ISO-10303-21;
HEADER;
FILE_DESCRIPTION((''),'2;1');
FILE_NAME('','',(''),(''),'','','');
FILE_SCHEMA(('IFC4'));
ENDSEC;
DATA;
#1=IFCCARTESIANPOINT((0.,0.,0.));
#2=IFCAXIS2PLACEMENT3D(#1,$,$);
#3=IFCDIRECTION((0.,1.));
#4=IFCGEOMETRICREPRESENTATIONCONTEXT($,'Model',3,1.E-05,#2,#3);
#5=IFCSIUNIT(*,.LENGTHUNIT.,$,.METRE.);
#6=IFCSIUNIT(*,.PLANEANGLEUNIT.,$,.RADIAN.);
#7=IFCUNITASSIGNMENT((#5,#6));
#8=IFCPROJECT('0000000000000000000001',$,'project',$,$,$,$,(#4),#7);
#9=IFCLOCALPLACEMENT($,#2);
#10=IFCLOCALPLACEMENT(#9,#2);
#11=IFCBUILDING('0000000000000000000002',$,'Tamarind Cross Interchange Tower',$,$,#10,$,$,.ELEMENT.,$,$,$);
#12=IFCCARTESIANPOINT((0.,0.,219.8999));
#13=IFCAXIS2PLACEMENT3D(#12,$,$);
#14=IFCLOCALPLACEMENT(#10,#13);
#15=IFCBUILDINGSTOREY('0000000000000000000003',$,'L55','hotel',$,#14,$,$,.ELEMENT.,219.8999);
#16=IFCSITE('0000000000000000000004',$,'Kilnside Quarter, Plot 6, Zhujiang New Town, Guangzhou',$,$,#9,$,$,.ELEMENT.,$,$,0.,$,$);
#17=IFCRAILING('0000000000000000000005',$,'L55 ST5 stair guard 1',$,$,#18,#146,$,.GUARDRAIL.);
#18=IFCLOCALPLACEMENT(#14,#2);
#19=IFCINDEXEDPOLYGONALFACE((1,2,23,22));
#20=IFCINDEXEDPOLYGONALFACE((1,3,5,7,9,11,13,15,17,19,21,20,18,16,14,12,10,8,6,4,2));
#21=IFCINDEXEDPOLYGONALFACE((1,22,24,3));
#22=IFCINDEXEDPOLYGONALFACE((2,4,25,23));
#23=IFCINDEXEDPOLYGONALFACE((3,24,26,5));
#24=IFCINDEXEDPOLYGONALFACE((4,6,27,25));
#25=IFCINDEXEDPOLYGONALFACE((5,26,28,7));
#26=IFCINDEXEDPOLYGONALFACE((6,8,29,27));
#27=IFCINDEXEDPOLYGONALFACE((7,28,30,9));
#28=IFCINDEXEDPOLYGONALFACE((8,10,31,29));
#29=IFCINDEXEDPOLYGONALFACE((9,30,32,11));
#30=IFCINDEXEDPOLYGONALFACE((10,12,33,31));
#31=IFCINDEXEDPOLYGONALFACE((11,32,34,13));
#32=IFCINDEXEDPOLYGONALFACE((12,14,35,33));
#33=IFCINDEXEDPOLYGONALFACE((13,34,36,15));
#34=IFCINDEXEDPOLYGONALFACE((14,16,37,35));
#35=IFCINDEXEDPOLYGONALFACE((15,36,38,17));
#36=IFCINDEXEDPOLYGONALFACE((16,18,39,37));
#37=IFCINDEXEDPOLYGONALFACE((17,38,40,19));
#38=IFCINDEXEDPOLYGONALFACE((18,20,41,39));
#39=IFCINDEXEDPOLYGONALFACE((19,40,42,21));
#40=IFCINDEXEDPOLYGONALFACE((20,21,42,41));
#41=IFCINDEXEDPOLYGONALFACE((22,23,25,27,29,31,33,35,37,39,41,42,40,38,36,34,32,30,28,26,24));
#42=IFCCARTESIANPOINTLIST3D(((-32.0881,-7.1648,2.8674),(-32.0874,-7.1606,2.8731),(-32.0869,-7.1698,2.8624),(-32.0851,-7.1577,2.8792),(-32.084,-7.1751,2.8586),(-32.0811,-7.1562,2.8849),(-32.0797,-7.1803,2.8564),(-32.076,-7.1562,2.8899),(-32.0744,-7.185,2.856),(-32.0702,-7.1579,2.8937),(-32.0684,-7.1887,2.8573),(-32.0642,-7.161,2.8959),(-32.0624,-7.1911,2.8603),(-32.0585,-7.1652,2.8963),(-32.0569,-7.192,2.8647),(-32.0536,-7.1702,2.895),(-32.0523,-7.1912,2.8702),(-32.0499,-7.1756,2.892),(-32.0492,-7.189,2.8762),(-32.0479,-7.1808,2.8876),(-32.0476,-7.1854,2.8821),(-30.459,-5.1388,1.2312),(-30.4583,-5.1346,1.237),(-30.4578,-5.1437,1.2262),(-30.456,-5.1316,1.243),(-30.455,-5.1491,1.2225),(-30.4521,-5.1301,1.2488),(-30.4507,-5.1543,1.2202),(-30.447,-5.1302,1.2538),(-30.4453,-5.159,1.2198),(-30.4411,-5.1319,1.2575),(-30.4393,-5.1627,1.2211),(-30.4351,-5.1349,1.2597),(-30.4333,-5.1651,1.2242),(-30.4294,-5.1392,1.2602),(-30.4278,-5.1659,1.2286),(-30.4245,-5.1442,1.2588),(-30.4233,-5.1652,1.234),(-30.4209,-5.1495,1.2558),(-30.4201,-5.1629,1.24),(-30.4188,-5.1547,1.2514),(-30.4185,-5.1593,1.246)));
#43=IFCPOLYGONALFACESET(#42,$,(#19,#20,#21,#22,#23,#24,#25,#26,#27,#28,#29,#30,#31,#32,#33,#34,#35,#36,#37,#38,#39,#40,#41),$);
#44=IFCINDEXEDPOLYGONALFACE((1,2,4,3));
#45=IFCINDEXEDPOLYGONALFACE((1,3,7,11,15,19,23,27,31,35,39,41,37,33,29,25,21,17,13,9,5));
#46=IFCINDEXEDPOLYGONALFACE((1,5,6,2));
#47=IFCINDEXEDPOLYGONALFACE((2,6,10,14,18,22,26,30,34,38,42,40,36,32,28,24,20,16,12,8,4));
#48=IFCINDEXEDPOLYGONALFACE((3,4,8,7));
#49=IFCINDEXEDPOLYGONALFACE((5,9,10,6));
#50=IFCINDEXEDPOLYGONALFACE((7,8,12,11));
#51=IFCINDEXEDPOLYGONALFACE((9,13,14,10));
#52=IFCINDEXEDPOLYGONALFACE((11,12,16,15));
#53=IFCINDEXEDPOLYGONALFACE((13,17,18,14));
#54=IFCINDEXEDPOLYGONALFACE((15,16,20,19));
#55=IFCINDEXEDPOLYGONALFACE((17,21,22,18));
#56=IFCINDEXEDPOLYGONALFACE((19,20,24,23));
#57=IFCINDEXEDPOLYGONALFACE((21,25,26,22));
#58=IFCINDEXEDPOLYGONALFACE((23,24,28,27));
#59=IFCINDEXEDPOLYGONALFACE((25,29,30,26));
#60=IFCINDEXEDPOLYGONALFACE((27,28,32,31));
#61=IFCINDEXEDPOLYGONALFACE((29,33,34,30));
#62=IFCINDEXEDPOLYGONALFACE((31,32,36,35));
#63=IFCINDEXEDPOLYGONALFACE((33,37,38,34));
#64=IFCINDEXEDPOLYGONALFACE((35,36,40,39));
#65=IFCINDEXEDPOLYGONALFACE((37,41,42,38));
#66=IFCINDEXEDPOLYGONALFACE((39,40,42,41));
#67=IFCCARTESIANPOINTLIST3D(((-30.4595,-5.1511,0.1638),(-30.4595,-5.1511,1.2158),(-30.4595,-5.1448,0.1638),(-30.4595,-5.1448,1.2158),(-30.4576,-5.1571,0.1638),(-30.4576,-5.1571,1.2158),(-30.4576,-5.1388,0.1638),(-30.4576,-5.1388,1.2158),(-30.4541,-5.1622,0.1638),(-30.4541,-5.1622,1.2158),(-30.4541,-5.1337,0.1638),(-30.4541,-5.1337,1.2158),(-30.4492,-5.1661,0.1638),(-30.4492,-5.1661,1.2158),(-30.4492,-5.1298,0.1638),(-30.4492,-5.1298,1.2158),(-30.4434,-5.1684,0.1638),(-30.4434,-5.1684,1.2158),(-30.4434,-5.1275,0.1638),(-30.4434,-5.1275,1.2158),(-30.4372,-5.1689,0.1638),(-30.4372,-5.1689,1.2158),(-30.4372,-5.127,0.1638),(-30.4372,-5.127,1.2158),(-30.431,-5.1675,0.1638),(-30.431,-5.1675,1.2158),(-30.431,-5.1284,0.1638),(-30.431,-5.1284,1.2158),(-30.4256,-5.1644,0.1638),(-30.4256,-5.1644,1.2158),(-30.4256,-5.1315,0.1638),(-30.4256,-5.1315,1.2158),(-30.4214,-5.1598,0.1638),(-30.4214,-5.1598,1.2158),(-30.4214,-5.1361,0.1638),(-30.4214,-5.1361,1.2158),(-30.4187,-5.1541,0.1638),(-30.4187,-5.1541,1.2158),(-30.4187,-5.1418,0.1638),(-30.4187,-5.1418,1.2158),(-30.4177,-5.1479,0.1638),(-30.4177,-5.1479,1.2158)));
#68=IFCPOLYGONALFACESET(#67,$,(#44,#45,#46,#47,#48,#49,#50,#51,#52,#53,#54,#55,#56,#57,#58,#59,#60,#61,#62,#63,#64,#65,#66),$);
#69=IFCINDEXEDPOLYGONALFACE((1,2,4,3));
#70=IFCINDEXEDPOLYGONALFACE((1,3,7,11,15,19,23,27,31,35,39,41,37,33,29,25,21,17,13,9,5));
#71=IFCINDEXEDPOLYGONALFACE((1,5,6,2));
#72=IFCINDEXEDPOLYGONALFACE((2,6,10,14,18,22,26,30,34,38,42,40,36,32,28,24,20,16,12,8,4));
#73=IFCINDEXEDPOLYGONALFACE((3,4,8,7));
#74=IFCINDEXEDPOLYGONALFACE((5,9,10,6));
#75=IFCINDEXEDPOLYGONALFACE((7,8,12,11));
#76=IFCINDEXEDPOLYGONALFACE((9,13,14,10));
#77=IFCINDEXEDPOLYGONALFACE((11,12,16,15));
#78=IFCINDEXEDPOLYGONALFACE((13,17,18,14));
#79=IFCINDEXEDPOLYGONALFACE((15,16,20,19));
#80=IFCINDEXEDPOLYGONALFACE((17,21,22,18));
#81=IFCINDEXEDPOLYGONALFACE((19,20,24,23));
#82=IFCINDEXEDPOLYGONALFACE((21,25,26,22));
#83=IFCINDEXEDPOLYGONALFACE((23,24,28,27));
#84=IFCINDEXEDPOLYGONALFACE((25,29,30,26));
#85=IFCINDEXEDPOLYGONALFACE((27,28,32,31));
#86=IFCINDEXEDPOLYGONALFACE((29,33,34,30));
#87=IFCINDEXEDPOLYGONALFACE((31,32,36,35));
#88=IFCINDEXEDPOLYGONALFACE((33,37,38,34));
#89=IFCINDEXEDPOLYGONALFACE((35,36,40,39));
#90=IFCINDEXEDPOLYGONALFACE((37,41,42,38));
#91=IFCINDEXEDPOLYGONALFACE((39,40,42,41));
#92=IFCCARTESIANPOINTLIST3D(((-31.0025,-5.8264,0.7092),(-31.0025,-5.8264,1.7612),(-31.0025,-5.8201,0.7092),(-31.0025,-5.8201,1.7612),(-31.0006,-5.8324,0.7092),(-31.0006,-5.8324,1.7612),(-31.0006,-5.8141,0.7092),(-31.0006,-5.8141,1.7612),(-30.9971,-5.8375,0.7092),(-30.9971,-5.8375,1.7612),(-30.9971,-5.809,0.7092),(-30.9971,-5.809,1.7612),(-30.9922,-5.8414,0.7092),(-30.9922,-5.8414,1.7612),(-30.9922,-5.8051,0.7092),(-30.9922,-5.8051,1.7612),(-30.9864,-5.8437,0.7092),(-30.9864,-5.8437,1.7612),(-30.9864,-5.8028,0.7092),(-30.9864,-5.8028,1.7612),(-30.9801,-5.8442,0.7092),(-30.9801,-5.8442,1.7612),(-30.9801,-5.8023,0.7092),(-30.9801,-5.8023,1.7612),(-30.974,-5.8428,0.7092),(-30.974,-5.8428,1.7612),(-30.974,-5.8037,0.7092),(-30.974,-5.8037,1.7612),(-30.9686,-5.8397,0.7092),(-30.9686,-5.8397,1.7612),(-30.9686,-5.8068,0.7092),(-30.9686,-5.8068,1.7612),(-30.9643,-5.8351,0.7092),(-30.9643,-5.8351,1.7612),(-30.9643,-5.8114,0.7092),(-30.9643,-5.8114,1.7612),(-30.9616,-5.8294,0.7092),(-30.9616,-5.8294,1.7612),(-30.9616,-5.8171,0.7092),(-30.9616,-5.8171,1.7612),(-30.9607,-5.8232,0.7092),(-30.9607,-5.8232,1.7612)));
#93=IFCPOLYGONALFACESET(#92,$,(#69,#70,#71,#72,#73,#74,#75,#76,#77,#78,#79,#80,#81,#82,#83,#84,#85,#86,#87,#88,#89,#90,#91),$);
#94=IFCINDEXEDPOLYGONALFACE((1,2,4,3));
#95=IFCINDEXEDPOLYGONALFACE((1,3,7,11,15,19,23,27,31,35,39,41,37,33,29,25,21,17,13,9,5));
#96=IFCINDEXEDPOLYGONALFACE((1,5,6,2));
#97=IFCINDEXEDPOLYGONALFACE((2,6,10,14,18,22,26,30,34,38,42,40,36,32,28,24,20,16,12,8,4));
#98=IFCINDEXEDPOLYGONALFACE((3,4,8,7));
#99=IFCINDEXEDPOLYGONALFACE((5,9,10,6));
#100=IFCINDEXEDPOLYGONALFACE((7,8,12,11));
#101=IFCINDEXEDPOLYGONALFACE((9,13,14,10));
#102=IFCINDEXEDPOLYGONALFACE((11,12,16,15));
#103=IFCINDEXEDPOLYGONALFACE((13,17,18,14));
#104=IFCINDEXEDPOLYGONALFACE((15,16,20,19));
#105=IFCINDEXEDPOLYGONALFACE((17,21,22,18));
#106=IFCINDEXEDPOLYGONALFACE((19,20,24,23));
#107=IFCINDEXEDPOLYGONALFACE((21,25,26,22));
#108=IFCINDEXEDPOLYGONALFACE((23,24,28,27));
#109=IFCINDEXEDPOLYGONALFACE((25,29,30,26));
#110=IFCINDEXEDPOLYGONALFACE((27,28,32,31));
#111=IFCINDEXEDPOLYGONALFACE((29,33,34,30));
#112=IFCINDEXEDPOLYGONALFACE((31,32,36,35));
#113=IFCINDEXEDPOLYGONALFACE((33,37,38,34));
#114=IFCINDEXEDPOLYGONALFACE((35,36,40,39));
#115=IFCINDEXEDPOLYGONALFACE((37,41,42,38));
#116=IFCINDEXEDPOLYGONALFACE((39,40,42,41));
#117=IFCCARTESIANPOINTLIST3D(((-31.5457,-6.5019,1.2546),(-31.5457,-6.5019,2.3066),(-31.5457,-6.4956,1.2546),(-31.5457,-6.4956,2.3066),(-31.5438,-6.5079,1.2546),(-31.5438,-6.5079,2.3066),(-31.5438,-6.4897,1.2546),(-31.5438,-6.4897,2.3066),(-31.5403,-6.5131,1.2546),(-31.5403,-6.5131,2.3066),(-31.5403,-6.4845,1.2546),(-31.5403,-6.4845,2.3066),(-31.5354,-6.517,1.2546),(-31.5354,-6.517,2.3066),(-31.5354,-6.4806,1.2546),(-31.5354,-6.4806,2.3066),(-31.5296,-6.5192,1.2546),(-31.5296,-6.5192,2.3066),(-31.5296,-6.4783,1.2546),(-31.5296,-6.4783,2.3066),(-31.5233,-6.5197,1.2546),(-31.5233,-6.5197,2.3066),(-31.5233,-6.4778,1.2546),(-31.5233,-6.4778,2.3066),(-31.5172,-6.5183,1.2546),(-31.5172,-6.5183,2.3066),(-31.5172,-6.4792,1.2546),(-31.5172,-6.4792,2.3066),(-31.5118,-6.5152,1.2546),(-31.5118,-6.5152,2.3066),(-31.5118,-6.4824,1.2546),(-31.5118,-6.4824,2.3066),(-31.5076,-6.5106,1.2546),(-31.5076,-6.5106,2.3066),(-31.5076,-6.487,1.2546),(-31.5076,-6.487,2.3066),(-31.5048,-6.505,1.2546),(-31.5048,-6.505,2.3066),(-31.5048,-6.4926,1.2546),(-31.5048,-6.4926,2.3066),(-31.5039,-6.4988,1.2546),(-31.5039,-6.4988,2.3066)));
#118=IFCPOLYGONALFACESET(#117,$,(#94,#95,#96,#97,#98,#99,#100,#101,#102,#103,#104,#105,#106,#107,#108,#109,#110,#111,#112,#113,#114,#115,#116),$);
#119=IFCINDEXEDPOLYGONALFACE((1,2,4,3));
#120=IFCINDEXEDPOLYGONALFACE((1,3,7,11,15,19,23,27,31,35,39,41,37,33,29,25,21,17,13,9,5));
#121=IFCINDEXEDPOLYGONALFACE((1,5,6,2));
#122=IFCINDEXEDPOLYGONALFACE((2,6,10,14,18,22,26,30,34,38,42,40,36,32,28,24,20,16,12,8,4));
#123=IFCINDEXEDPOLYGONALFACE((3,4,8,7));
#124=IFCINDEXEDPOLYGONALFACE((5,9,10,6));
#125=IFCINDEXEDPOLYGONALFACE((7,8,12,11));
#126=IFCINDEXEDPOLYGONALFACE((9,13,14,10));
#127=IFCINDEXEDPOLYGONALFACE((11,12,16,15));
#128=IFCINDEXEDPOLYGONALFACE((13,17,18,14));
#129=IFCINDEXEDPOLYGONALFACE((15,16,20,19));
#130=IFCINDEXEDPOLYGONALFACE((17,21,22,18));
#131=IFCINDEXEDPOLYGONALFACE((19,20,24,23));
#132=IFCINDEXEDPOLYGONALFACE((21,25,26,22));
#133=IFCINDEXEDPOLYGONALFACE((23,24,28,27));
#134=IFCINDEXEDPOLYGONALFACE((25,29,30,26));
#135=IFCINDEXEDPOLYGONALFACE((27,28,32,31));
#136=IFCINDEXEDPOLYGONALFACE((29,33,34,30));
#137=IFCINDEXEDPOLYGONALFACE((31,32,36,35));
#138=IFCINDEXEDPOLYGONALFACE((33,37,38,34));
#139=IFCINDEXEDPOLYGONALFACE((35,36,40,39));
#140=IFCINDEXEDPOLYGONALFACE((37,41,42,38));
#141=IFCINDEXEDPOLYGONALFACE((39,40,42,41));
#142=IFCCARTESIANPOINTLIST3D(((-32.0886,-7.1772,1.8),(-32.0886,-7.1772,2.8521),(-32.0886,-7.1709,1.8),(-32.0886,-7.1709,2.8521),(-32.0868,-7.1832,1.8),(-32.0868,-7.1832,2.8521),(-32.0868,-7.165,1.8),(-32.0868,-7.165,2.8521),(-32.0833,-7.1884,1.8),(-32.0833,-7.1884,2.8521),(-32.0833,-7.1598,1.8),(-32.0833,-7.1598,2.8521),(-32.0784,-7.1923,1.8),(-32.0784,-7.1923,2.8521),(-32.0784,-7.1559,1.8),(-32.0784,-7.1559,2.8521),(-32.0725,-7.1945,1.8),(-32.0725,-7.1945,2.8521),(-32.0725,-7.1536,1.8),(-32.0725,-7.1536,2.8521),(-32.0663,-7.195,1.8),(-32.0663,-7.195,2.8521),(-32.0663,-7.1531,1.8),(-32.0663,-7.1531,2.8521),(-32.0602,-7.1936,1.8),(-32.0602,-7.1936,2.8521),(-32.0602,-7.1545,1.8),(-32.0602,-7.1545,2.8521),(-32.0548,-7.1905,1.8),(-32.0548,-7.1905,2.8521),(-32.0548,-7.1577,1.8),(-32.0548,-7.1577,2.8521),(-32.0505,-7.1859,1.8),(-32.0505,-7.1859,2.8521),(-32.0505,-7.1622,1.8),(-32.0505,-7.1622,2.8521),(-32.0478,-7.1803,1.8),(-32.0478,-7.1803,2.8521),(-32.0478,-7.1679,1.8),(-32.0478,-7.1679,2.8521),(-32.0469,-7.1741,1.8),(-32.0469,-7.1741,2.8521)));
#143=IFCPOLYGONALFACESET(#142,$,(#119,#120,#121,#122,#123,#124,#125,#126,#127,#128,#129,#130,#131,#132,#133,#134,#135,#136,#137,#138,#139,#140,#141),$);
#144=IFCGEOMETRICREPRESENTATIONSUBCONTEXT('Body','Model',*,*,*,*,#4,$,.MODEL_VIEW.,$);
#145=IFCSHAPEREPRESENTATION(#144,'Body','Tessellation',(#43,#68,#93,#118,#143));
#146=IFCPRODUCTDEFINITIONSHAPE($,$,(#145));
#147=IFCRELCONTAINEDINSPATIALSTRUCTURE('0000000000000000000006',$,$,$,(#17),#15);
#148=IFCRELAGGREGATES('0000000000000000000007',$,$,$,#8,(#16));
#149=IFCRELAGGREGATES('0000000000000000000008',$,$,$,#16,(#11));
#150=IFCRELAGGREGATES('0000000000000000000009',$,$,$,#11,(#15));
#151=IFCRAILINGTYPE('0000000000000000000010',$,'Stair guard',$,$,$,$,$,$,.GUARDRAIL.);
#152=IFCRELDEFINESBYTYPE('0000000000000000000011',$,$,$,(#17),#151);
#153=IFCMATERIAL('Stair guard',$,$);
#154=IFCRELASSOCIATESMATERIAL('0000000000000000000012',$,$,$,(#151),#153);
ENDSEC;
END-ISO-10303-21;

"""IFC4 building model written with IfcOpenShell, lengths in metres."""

from ifc_helpers import new_model, si_unit, direction, frame, origin, origin_2d, place, context, subcontext, project, spatial, circle, extrude, material, type_object, element, save


model = new_model("IFC4")

# Units and contexts
model_context = context("Model", 3, precision=1e-05, world=origin(), true_north=direction((0.0, 1.0)))
body_context = subcontext(model_context, "Body", "Model", "MODEL_VIEW")
ifc_project = project(units=[si_unit("LENGTHUNIT", "METRE"), si_unit("PLANEANGLEUNIT", "RADIAN")], contexts=[model_context])

# Site, building, storey
site_placement = place(None, origin())
site = spatial("IfcSite", under=ifc_project, at=site_placement, Name="Kilnside Quarter, Plot 6, Zhujiang New Town, Guangzhou", CompositionType="ELEMENT", RefElevation=0.0)
building_placement = place(site_placement, origin())
building = spatial("IfcBuilding", under=site, at=building_placement, Name="Tamarind Cross Interchange Tower", CompositionType="ELEMENT")
storey_placement = place(building_placement, frame((0.0, 0.0, 219.8999)))
storey = spatial("IfcBuildingStorey", under=building, at=storey_placement, Name="L55", Description="hotel", CompositionType="ELEMENT", Elevation=219.8999)

# Railing
ifc_material_1 = material(Name="Stair guard")
railing_type_1 = type_object("IfcRailingType", Name="Stair guard", PredefinedType="GUARDRAIL", material=ifc_material_1)
railing_1_placement = place(storey_placement, frame((-30.4387, -5.1479, 0.1638)))
element("IfcRailing", 1, at=railing_1_placement, inside=storey, type_object=railing_type_1, Name="L55 ST5 stair guard 1", PredefinedType="GUARDRAIL", context=body_context, shape_type="SweptSolid", body=[
    extrude(circle(Radius=0.0239, at=origin_2d()), frame((0.0, 0.0, 1.0762), z_axis=(-0.53034, -0.659567, 0.532645), x_axis=(0.779318, -0.626628, 0.0)), (0.0, 0.0, 1.0), 3.0718),
    extrude(circle(Radius=0.021, at=origin_2d()), origin(), (0.0, 0.0, 1.0), 1.052),
    extrude(circle(Radius=0.021, at=origin_2d()), frame((-0.543, -0.6753, 0.5454)), (0.0, 0.0, 1.0), 1.052),
    extrude(circle(Radius=0.021, at=origin_2d()), frame((-1.0862, -1.3508, 1.0908)), (0.0, 0.0, 1.0), 1.052),
    extrude(circle(Radius=0.021, at=origin_2d()), frame((-1.6292, -2.0261, 1.6362)), (0.0, 0.0, 1.0), 1.052),
])

save(model, "model.ifc")
